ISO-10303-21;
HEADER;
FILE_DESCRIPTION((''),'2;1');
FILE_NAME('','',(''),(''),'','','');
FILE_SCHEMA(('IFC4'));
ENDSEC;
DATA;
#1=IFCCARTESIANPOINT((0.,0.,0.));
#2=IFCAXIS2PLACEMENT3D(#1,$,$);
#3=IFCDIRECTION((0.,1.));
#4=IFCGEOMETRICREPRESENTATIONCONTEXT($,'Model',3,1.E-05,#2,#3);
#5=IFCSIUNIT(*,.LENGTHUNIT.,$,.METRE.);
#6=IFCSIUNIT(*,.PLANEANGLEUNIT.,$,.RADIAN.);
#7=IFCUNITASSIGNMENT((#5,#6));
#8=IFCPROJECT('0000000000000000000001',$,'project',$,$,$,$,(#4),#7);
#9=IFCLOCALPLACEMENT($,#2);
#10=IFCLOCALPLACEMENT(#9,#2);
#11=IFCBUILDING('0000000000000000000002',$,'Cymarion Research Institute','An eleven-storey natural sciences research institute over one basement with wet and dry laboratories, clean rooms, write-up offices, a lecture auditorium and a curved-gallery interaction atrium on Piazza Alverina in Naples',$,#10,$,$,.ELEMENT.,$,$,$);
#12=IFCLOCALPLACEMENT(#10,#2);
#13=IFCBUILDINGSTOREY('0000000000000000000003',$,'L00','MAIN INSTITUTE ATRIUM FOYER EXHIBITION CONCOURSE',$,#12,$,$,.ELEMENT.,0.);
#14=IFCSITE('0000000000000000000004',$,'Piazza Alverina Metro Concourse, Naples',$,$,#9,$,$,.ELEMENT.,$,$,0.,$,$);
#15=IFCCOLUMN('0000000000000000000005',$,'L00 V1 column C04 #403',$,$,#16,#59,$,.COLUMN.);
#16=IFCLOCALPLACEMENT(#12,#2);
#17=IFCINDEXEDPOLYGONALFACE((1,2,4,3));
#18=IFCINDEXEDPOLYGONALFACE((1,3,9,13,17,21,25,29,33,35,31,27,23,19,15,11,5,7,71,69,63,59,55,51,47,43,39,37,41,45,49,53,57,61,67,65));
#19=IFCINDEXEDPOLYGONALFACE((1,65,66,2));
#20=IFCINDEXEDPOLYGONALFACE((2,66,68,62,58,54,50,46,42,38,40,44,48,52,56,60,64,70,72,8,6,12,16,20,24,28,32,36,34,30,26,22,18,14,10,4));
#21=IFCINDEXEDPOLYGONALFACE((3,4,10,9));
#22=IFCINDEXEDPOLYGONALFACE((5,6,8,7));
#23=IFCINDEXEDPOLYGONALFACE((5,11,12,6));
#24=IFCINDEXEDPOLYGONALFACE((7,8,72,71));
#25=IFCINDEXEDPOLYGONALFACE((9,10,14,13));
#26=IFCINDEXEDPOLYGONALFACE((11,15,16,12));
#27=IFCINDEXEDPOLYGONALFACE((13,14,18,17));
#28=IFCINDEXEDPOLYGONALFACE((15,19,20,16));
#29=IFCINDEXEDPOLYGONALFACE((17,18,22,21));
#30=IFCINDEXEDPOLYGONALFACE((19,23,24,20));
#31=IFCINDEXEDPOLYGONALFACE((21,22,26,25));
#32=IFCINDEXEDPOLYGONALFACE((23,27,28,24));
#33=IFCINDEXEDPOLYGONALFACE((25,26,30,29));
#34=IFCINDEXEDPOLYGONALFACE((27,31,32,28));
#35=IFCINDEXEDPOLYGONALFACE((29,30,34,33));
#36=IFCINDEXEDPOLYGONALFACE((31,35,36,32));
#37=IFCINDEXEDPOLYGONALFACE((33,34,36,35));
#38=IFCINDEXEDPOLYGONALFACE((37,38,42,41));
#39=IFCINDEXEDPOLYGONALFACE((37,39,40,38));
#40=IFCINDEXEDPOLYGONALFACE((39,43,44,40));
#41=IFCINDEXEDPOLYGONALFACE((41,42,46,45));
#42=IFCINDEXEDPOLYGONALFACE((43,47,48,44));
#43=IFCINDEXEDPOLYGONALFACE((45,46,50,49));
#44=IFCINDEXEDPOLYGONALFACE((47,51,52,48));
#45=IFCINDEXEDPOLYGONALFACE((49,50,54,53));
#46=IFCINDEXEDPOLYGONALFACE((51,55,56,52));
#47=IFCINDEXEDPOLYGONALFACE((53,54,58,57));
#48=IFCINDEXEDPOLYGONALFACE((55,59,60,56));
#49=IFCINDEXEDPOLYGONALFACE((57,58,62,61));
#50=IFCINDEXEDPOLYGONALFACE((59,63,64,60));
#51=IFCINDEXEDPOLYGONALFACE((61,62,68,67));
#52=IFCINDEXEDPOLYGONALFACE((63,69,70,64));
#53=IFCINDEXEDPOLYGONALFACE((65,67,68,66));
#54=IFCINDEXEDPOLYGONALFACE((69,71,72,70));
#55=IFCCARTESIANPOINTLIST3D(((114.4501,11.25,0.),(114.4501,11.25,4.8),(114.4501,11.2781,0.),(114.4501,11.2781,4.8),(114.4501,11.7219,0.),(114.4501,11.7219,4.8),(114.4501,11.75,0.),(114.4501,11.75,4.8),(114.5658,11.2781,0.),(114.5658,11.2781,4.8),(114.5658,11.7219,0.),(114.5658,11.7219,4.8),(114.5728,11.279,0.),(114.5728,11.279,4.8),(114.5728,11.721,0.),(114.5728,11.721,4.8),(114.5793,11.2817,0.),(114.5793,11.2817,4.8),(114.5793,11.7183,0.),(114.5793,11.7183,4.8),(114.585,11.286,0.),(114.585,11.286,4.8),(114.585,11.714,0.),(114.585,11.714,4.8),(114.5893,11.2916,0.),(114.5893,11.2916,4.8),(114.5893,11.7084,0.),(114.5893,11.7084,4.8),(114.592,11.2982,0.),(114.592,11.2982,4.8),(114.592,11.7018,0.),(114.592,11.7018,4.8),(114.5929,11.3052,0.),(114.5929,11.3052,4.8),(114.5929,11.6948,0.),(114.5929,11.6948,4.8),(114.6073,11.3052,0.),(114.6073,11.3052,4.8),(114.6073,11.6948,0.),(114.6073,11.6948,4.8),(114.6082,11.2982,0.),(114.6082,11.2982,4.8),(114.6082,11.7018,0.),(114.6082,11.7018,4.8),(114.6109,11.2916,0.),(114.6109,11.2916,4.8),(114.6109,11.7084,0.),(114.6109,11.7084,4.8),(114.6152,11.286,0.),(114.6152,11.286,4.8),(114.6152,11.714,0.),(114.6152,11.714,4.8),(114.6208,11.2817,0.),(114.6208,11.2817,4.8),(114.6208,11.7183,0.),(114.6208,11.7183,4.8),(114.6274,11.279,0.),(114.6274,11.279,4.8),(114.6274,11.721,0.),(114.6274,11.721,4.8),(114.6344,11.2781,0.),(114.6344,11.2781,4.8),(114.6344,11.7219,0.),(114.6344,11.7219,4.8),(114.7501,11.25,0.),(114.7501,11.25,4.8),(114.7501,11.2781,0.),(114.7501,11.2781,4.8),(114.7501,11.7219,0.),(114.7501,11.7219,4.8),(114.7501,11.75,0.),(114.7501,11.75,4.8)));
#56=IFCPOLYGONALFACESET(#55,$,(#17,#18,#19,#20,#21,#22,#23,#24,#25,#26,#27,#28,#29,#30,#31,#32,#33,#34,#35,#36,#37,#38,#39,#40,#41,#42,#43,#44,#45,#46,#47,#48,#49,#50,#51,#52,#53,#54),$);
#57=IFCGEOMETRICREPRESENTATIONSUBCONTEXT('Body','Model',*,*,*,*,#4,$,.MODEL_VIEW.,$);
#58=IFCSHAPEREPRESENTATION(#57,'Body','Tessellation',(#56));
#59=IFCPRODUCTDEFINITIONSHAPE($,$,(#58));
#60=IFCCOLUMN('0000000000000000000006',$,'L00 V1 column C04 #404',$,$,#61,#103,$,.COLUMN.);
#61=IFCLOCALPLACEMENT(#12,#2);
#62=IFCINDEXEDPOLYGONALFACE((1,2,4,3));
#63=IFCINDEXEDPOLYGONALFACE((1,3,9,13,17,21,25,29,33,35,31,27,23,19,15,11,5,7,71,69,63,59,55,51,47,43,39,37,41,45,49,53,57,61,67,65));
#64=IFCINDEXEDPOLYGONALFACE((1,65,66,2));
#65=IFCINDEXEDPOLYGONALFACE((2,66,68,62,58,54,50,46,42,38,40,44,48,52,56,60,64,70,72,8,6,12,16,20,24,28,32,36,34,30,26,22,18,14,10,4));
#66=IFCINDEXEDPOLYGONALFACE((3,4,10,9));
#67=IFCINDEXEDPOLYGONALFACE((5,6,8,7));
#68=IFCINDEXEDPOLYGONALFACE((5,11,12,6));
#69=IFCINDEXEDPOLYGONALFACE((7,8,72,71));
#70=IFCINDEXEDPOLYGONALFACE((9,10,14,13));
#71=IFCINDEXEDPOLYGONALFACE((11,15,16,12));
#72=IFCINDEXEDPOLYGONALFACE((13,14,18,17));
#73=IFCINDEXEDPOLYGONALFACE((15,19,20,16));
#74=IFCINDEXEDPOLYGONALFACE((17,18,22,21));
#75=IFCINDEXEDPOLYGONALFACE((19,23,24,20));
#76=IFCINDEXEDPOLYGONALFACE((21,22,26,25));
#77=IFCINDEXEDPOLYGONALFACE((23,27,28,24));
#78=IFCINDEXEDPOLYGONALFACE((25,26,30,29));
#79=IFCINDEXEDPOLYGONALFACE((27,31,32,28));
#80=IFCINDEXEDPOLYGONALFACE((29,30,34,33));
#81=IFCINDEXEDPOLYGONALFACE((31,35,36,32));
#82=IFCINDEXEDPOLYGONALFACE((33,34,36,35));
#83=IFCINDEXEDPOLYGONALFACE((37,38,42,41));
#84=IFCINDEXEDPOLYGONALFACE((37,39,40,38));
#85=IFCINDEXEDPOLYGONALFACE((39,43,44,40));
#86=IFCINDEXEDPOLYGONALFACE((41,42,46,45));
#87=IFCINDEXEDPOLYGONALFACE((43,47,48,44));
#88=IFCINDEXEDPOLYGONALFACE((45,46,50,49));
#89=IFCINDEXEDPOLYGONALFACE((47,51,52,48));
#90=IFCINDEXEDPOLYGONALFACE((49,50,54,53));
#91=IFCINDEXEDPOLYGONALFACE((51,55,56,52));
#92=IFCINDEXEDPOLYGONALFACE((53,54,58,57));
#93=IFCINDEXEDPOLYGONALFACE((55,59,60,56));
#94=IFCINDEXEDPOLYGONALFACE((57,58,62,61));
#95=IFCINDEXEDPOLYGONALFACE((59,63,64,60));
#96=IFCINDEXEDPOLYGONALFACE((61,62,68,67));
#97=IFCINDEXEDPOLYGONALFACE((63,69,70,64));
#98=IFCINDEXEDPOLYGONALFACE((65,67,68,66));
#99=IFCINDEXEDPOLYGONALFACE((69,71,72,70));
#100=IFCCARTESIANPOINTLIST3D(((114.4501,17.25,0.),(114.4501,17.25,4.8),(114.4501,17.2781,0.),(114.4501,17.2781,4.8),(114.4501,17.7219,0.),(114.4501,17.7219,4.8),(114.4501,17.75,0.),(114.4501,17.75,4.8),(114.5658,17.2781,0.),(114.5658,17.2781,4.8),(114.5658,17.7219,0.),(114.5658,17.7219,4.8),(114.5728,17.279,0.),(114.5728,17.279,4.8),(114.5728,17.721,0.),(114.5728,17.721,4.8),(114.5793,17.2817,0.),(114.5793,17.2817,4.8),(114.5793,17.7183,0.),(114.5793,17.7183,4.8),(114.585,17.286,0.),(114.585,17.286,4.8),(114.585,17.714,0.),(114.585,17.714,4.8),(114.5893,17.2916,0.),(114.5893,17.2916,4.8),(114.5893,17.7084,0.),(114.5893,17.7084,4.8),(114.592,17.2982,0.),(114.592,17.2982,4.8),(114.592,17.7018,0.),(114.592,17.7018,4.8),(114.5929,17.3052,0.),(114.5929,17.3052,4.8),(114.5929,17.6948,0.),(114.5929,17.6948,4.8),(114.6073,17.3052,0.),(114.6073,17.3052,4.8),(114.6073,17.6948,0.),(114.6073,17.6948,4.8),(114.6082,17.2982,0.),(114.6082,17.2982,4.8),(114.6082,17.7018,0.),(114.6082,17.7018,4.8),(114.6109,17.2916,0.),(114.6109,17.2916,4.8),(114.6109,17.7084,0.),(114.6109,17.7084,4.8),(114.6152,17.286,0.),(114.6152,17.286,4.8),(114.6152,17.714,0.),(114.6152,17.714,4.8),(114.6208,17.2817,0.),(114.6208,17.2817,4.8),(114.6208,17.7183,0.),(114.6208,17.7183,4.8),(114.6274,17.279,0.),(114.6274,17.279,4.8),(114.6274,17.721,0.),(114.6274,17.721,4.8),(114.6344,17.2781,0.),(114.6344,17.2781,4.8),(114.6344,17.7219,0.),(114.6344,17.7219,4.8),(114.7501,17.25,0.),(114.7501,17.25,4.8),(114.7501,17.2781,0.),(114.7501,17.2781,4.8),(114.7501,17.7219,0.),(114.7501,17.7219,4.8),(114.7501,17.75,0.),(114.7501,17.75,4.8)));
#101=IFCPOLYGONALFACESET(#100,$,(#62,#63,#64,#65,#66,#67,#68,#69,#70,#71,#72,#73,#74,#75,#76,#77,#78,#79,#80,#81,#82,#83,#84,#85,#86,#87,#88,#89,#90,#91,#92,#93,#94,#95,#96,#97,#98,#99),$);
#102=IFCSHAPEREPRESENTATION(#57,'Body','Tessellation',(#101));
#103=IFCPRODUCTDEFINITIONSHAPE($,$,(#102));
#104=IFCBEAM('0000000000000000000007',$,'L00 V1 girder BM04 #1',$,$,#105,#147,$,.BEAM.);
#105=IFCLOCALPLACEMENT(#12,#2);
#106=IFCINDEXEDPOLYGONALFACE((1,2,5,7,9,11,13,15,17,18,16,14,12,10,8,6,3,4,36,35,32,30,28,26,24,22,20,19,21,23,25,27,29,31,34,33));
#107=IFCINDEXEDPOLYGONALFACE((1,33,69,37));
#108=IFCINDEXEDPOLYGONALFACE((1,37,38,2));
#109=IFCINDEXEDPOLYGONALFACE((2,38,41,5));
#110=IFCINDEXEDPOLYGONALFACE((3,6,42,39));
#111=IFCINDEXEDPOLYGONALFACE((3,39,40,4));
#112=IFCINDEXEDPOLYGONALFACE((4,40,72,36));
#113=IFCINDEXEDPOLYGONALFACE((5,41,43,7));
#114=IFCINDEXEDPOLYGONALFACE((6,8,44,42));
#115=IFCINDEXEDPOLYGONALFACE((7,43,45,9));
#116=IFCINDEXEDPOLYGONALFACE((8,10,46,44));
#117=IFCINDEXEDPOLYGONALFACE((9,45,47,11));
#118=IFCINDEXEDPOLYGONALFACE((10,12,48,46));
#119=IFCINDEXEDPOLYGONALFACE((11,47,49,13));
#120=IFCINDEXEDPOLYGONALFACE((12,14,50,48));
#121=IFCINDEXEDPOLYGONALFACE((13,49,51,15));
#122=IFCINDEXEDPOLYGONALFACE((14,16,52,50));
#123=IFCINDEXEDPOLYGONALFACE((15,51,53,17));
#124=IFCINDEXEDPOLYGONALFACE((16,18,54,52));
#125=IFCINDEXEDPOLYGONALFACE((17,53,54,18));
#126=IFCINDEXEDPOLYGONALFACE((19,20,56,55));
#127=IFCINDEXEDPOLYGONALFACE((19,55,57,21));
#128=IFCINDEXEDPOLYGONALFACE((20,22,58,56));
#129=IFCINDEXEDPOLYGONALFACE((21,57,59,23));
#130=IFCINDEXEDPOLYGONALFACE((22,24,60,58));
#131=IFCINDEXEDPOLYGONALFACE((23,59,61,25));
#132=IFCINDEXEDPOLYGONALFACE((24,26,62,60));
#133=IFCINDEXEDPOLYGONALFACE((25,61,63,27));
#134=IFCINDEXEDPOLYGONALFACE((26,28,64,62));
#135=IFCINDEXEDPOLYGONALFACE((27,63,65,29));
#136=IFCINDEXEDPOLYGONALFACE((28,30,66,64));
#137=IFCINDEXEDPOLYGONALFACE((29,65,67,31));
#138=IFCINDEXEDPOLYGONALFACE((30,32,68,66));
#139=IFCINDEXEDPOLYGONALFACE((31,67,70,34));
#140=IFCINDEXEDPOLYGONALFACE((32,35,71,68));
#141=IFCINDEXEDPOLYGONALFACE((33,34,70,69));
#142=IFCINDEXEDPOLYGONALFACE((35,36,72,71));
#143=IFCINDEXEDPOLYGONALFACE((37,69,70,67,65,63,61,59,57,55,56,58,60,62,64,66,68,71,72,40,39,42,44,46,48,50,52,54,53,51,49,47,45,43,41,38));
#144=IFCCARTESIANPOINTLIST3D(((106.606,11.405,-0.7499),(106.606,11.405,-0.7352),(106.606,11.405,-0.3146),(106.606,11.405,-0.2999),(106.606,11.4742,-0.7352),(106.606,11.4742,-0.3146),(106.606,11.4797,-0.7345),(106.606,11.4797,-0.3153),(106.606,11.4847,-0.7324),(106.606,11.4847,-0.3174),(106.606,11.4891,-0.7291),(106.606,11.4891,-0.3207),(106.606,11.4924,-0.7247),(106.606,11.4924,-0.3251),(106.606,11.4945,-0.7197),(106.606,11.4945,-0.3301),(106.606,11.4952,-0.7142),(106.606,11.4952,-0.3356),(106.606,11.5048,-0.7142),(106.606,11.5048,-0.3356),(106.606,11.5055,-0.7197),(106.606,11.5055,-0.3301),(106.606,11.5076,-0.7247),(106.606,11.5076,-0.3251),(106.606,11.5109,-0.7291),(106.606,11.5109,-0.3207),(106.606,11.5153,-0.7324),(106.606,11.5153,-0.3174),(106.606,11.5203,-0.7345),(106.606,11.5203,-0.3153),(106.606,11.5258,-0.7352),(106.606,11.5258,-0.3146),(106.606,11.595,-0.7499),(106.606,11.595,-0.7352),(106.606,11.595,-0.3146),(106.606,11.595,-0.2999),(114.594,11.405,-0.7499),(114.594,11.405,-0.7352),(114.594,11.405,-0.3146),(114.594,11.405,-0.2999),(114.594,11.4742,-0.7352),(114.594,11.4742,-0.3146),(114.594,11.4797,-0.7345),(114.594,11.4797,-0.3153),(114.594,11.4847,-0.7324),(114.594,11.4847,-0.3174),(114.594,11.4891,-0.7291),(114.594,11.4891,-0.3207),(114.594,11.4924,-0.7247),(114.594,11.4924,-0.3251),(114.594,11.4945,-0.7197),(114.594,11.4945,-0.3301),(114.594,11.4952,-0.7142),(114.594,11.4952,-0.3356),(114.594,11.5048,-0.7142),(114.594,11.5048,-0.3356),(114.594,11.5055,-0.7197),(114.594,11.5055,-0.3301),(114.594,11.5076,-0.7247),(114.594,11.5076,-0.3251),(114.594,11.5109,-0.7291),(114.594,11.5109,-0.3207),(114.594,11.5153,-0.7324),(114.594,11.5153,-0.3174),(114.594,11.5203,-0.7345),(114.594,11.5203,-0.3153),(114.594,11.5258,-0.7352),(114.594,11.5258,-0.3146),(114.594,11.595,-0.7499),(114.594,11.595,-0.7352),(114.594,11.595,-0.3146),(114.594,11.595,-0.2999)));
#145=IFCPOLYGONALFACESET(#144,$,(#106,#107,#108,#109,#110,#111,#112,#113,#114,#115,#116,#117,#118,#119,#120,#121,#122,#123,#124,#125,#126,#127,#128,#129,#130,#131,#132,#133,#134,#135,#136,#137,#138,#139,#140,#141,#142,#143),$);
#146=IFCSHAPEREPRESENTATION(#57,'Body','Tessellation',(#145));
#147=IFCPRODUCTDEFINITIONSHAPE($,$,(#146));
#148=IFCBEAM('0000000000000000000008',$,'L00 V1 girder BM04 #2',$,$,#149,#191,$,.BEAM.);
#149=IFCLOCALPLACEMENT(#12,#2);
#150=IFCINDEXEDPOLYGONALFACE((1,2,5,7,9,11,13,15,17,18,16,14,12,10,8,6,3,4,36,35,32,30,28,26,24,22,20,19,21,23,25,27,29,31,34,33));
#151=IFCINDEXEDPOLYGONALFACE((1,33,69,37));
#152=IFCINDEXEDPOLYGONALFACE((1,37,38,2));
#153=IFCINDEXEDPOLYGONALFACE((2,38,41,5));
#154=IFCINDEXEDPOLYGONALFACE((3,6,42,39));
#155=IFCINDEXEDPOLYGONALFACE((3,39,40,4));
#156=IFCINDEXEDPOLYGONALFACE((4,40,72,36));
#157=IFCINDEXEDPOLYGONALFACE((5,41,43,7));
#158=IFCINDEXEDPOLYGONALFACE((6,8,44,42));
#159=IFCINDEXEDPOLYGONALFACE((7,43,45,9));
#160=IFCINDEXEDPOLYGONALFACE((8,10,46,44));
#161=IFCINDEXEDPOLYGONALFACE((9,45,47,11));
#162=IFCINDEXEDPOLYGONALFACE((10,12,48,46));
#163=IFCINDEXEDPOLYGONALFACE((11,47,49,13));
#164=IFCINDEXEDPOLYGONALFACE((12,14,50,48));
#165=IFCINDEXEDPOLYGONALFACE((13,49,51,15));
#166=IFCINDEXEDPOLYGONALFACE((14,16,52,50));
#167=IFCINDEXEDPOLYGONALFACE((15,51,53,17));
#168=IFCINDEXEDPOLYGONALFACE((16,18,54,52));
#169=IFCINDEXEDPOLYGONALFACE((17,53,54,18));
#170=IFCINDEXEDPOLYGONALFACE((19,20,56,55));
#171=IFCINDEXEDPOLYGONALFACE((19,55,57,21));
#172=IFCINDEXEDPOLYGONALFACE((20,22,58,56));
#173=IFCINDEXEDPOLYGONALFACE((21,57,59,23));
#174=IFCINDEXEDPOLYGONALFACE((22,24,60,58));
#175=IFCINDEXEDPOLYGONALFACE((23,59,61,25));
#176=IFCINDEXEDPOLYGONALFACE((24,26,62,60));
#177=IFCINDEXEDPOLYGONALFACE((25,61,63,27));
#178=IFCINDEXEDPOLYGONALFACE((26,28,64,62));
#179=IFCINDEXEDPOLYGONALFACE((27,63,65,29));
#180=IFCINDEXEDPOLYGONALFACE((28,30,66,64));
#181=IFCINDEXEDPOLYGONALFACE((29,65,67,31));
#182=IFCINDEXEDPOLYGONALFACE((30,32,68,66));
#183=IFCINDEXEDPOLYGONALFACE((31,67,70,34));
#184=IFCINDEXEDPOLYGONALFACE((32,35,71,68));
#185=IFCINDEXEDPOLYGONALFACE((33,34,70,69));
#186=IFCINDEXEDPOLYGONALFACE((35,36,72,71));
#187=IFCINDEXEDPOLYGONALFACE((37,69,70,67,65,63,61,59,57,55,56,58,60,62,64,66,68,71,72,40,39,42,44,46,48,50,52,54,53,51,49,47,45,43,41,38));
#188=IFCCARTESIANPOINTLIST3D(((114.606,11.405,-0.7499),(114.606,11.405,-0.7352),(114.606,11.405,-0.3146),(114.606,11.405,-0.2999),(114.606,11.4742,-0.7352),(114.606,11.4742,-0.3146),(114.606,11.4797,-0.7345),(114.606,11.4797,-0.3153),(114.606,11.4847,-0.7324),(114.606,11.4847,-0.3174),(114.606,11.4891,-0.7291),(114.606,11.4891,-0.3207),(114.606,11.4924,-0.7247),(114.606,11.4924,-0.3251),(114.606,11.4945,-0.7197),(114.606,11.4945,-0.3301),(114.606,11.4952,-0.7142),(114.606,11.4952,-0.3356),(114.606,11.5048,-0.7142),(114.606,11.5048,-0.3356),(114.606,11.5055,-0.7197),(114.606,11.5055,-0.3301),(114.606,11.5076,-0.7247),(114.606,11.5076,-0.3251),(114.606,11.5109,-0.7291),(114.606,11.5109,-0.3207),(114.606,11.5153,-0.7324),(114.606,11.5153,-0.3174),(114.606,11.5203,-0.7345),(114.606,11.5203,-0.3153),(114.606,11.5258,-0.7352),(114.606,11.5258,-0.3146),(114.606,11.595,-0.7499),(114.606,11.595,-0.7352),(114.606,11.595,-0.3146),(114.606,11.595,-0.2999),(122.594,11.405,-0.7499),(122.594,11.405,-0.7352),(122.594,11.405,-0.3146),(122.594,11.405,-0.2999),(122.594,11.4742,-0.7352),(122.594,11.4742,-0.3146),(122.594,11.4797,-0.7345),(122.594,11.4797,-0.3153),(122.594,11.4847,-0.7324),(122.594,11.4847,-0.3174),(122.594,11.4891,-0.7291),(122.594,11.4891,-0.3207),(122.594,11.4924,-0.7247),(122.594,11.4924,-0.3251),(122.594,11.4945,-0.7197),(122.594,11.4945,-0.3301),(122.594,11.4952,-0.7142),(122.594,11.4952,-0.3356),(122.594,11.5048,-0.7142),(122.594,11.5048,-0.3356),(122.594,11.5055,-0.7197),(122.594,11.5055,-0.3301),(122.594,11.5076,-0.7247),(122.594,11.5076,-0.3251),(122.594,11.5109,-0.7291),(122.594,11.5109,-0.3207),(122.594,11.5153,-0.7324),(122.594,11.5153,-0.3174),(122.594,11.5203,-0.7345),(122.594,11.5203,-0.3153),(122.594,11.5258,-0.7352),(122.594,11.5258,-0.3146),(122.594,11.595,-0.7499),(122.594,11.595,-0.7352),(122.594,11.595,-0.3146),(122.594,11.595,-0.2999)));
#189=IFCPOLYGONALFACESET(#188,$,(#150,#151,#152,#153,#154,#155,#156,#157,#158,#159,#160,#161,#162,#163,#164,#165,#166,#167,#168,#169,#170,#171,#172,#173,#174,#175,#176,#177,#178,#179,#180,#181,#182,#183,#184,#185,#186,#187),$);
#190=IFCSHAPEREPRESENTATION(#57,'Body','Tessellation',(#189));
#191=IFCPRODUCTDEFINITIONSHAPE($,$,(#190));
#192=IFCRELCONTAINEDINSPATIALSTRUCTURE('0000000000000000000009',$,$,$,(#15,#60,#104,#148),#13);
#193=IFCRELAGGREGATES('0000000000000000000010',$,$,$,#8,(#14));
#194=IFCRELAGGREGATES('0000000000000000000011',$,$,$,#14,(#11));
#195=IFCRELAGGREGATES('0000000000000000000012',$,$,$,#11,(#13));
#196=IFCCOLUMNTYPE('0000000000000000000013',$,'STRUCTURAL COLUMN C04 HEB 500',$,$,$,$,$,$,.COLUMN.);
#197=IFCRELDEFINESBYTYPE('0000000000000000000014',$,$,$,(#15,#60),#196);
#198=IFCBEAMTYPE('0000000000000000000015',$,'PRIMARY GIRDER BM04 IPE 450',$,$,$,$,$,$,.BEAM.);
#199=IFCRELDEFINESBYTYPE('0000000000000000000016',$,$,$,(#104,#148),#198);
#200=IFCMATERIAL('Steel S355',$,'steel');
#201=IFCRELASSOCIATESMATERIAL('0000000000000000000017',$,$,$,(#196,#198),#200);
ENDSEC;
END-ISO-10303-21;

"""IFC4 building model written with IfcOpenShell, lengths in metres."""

from ifc_helpers import new_model, si_unit, direction, frame, origin, origin_2d, place, context, subcontext, project, spatial, i_section, extrude, material, material_profile, profile_set, type_object, element, save


model = new_model("IFC4")

# Units and contexts
model_context = context("Model", 3, precision=1e-05, world=origin(), true_north=direction((0.0, 1.0)))
body_context = subcontext(model_context, "Body", "Model", "MODEL_VIEW")
ifc_project = project(units=[si_unit("LENGTHUNIT", "METRE"), si_unit("PLANEANGLEUNIT", "RADIAN")], contexts=[model_context])

# Site, building, storey
site_placement = place(None, origin())
site = spatial("IfcSite", under=ifc_project, at=site_placement, Name="Piazza Alverina Metro Concourse, Naples", CompositionType="ELEMENT", RefElevation=0.0)
building_placement = place(site_placement, origin())
building = spatial("IfcBuilding", under=site, at=building_placement, Name="Cymarion Research Institute", Description="An eleven-storey natural sciences research institute over one basement with wet and dry laboratories, clean rooms, write-up offices, a lecture auditorium and a curved-gallery interaction atrium on Piazza Alverina in Naples", CompositionType="ELEMENT")
storey_placement = place(building_placement, origin())
storey = spatial("IfcBuildingStorey", under=building, at=storey_placement, Name="L00", Description="MAIN INSTITUTE ATRIUM FOYER EXHIBITION CONCOURSE", CompositionType="ELEMENT", Elevation=0.0)

# Columns
ifc_material_1 = material(Name="Steel S355", Category="steel")
ifc_material_profile_1 = material_profile(ifc_material_1, i_section(OverallWidth=0.3, OverallDepth=0.5, WebThickness=0.0144, FlangeThickness=0.0281, FilletRadius=0.0271, at=origin_2d()), Name="HEB 500")
ifc_profile_set_1 = profile_set([ifc_material_profile_1], Name="Steel S355")
column_type = type_object("IfcColumnType", Name="STRUCTURAL COLUMN C04 HEB 500", PredefinedType="COLUMN", material=ifc_profile_set_1)
for number, where, z_axis, x_axis, name in (
    (1, (114.6001, 11.5, 0.0), (0.0, 0.0, 1.0), (1.0, 0.0, 0.0), "L00 V1 column C04 #403"),
    (2, (114.6001, 17.5, 0.0), (0.0, 0.0, 1.0), (1.0, 0.0, 0.0), "L00 V1 column C04 #404"),
):
    element("IfcColumn", number, at=place(storey_placement, frame(where, z_axis=z_axis, x_axis=x_axis)), inside=storey, type_object=column_type, Name=name, PredefinedType="COLUMN", context=body_context, shape_type="SweptSolid", body=[
        extrude(i_section(OverallWidth=0.3, OverallDepth=0.5, WebThickness=0.0144, FlangeThickness=0.0281, FilletRadius=0.0271, at=origin_2d()), origin(), (0.0, 0.0, 1.0), 4.8),
    ])

# Beams
ifc_material_profile_2 = material_profile(ifc_material_1, i_section(OverallWidth=0.1899, OverallDepth=0.45, WebThickness=0.0095, FlangeThickness=0.0146, FilletRadius=0.021, at=origin_2d()), Name="IPE 450")
ifc_profile_set_2 = profile_set([ifc_material_profile_2], Name="Steel S355")
beam_type_1 = type_object("IfcBeamType", Name="PRIMARY GIRDER BM04 IPE 450", PredefinedType="BEAM", material=ifc_profile_set_2)
for number, where, z_axis, x_axis, name in (
    (3, (106.606, 11.5, -0.5249), (1.0, 0.0, 0.0), (0.0, 1.0, 0.0), "L00 V1 girder BM04 #1"),
    (4, (114.606, 11.5, -0.5249), (1.0, 0.0, 0.0), (0.0, 1.0, 0.0), "L00 V1 girder BM04 #2"),
):
    element("IfcBeam", number, at=place(storey_placement, frame(where, z_axis=z_axis, x_axis=x_axis)), inside=storey, type_object=beam_type_1, Name=name, PredefinedType="BEAM", context=body_context, shape_type="SweptSolid", body=[
        extrude(i_section(OverallWidth=0.1899, OverallDepth=0.45, WebThickness=0.0095, FlangeThickness=0.0146, FilletRadius=0.021, at=origin_2d()), origin(), (0.0, 0.0, 1.0), 7.988),
    ])

save(model, "model.ifc")
